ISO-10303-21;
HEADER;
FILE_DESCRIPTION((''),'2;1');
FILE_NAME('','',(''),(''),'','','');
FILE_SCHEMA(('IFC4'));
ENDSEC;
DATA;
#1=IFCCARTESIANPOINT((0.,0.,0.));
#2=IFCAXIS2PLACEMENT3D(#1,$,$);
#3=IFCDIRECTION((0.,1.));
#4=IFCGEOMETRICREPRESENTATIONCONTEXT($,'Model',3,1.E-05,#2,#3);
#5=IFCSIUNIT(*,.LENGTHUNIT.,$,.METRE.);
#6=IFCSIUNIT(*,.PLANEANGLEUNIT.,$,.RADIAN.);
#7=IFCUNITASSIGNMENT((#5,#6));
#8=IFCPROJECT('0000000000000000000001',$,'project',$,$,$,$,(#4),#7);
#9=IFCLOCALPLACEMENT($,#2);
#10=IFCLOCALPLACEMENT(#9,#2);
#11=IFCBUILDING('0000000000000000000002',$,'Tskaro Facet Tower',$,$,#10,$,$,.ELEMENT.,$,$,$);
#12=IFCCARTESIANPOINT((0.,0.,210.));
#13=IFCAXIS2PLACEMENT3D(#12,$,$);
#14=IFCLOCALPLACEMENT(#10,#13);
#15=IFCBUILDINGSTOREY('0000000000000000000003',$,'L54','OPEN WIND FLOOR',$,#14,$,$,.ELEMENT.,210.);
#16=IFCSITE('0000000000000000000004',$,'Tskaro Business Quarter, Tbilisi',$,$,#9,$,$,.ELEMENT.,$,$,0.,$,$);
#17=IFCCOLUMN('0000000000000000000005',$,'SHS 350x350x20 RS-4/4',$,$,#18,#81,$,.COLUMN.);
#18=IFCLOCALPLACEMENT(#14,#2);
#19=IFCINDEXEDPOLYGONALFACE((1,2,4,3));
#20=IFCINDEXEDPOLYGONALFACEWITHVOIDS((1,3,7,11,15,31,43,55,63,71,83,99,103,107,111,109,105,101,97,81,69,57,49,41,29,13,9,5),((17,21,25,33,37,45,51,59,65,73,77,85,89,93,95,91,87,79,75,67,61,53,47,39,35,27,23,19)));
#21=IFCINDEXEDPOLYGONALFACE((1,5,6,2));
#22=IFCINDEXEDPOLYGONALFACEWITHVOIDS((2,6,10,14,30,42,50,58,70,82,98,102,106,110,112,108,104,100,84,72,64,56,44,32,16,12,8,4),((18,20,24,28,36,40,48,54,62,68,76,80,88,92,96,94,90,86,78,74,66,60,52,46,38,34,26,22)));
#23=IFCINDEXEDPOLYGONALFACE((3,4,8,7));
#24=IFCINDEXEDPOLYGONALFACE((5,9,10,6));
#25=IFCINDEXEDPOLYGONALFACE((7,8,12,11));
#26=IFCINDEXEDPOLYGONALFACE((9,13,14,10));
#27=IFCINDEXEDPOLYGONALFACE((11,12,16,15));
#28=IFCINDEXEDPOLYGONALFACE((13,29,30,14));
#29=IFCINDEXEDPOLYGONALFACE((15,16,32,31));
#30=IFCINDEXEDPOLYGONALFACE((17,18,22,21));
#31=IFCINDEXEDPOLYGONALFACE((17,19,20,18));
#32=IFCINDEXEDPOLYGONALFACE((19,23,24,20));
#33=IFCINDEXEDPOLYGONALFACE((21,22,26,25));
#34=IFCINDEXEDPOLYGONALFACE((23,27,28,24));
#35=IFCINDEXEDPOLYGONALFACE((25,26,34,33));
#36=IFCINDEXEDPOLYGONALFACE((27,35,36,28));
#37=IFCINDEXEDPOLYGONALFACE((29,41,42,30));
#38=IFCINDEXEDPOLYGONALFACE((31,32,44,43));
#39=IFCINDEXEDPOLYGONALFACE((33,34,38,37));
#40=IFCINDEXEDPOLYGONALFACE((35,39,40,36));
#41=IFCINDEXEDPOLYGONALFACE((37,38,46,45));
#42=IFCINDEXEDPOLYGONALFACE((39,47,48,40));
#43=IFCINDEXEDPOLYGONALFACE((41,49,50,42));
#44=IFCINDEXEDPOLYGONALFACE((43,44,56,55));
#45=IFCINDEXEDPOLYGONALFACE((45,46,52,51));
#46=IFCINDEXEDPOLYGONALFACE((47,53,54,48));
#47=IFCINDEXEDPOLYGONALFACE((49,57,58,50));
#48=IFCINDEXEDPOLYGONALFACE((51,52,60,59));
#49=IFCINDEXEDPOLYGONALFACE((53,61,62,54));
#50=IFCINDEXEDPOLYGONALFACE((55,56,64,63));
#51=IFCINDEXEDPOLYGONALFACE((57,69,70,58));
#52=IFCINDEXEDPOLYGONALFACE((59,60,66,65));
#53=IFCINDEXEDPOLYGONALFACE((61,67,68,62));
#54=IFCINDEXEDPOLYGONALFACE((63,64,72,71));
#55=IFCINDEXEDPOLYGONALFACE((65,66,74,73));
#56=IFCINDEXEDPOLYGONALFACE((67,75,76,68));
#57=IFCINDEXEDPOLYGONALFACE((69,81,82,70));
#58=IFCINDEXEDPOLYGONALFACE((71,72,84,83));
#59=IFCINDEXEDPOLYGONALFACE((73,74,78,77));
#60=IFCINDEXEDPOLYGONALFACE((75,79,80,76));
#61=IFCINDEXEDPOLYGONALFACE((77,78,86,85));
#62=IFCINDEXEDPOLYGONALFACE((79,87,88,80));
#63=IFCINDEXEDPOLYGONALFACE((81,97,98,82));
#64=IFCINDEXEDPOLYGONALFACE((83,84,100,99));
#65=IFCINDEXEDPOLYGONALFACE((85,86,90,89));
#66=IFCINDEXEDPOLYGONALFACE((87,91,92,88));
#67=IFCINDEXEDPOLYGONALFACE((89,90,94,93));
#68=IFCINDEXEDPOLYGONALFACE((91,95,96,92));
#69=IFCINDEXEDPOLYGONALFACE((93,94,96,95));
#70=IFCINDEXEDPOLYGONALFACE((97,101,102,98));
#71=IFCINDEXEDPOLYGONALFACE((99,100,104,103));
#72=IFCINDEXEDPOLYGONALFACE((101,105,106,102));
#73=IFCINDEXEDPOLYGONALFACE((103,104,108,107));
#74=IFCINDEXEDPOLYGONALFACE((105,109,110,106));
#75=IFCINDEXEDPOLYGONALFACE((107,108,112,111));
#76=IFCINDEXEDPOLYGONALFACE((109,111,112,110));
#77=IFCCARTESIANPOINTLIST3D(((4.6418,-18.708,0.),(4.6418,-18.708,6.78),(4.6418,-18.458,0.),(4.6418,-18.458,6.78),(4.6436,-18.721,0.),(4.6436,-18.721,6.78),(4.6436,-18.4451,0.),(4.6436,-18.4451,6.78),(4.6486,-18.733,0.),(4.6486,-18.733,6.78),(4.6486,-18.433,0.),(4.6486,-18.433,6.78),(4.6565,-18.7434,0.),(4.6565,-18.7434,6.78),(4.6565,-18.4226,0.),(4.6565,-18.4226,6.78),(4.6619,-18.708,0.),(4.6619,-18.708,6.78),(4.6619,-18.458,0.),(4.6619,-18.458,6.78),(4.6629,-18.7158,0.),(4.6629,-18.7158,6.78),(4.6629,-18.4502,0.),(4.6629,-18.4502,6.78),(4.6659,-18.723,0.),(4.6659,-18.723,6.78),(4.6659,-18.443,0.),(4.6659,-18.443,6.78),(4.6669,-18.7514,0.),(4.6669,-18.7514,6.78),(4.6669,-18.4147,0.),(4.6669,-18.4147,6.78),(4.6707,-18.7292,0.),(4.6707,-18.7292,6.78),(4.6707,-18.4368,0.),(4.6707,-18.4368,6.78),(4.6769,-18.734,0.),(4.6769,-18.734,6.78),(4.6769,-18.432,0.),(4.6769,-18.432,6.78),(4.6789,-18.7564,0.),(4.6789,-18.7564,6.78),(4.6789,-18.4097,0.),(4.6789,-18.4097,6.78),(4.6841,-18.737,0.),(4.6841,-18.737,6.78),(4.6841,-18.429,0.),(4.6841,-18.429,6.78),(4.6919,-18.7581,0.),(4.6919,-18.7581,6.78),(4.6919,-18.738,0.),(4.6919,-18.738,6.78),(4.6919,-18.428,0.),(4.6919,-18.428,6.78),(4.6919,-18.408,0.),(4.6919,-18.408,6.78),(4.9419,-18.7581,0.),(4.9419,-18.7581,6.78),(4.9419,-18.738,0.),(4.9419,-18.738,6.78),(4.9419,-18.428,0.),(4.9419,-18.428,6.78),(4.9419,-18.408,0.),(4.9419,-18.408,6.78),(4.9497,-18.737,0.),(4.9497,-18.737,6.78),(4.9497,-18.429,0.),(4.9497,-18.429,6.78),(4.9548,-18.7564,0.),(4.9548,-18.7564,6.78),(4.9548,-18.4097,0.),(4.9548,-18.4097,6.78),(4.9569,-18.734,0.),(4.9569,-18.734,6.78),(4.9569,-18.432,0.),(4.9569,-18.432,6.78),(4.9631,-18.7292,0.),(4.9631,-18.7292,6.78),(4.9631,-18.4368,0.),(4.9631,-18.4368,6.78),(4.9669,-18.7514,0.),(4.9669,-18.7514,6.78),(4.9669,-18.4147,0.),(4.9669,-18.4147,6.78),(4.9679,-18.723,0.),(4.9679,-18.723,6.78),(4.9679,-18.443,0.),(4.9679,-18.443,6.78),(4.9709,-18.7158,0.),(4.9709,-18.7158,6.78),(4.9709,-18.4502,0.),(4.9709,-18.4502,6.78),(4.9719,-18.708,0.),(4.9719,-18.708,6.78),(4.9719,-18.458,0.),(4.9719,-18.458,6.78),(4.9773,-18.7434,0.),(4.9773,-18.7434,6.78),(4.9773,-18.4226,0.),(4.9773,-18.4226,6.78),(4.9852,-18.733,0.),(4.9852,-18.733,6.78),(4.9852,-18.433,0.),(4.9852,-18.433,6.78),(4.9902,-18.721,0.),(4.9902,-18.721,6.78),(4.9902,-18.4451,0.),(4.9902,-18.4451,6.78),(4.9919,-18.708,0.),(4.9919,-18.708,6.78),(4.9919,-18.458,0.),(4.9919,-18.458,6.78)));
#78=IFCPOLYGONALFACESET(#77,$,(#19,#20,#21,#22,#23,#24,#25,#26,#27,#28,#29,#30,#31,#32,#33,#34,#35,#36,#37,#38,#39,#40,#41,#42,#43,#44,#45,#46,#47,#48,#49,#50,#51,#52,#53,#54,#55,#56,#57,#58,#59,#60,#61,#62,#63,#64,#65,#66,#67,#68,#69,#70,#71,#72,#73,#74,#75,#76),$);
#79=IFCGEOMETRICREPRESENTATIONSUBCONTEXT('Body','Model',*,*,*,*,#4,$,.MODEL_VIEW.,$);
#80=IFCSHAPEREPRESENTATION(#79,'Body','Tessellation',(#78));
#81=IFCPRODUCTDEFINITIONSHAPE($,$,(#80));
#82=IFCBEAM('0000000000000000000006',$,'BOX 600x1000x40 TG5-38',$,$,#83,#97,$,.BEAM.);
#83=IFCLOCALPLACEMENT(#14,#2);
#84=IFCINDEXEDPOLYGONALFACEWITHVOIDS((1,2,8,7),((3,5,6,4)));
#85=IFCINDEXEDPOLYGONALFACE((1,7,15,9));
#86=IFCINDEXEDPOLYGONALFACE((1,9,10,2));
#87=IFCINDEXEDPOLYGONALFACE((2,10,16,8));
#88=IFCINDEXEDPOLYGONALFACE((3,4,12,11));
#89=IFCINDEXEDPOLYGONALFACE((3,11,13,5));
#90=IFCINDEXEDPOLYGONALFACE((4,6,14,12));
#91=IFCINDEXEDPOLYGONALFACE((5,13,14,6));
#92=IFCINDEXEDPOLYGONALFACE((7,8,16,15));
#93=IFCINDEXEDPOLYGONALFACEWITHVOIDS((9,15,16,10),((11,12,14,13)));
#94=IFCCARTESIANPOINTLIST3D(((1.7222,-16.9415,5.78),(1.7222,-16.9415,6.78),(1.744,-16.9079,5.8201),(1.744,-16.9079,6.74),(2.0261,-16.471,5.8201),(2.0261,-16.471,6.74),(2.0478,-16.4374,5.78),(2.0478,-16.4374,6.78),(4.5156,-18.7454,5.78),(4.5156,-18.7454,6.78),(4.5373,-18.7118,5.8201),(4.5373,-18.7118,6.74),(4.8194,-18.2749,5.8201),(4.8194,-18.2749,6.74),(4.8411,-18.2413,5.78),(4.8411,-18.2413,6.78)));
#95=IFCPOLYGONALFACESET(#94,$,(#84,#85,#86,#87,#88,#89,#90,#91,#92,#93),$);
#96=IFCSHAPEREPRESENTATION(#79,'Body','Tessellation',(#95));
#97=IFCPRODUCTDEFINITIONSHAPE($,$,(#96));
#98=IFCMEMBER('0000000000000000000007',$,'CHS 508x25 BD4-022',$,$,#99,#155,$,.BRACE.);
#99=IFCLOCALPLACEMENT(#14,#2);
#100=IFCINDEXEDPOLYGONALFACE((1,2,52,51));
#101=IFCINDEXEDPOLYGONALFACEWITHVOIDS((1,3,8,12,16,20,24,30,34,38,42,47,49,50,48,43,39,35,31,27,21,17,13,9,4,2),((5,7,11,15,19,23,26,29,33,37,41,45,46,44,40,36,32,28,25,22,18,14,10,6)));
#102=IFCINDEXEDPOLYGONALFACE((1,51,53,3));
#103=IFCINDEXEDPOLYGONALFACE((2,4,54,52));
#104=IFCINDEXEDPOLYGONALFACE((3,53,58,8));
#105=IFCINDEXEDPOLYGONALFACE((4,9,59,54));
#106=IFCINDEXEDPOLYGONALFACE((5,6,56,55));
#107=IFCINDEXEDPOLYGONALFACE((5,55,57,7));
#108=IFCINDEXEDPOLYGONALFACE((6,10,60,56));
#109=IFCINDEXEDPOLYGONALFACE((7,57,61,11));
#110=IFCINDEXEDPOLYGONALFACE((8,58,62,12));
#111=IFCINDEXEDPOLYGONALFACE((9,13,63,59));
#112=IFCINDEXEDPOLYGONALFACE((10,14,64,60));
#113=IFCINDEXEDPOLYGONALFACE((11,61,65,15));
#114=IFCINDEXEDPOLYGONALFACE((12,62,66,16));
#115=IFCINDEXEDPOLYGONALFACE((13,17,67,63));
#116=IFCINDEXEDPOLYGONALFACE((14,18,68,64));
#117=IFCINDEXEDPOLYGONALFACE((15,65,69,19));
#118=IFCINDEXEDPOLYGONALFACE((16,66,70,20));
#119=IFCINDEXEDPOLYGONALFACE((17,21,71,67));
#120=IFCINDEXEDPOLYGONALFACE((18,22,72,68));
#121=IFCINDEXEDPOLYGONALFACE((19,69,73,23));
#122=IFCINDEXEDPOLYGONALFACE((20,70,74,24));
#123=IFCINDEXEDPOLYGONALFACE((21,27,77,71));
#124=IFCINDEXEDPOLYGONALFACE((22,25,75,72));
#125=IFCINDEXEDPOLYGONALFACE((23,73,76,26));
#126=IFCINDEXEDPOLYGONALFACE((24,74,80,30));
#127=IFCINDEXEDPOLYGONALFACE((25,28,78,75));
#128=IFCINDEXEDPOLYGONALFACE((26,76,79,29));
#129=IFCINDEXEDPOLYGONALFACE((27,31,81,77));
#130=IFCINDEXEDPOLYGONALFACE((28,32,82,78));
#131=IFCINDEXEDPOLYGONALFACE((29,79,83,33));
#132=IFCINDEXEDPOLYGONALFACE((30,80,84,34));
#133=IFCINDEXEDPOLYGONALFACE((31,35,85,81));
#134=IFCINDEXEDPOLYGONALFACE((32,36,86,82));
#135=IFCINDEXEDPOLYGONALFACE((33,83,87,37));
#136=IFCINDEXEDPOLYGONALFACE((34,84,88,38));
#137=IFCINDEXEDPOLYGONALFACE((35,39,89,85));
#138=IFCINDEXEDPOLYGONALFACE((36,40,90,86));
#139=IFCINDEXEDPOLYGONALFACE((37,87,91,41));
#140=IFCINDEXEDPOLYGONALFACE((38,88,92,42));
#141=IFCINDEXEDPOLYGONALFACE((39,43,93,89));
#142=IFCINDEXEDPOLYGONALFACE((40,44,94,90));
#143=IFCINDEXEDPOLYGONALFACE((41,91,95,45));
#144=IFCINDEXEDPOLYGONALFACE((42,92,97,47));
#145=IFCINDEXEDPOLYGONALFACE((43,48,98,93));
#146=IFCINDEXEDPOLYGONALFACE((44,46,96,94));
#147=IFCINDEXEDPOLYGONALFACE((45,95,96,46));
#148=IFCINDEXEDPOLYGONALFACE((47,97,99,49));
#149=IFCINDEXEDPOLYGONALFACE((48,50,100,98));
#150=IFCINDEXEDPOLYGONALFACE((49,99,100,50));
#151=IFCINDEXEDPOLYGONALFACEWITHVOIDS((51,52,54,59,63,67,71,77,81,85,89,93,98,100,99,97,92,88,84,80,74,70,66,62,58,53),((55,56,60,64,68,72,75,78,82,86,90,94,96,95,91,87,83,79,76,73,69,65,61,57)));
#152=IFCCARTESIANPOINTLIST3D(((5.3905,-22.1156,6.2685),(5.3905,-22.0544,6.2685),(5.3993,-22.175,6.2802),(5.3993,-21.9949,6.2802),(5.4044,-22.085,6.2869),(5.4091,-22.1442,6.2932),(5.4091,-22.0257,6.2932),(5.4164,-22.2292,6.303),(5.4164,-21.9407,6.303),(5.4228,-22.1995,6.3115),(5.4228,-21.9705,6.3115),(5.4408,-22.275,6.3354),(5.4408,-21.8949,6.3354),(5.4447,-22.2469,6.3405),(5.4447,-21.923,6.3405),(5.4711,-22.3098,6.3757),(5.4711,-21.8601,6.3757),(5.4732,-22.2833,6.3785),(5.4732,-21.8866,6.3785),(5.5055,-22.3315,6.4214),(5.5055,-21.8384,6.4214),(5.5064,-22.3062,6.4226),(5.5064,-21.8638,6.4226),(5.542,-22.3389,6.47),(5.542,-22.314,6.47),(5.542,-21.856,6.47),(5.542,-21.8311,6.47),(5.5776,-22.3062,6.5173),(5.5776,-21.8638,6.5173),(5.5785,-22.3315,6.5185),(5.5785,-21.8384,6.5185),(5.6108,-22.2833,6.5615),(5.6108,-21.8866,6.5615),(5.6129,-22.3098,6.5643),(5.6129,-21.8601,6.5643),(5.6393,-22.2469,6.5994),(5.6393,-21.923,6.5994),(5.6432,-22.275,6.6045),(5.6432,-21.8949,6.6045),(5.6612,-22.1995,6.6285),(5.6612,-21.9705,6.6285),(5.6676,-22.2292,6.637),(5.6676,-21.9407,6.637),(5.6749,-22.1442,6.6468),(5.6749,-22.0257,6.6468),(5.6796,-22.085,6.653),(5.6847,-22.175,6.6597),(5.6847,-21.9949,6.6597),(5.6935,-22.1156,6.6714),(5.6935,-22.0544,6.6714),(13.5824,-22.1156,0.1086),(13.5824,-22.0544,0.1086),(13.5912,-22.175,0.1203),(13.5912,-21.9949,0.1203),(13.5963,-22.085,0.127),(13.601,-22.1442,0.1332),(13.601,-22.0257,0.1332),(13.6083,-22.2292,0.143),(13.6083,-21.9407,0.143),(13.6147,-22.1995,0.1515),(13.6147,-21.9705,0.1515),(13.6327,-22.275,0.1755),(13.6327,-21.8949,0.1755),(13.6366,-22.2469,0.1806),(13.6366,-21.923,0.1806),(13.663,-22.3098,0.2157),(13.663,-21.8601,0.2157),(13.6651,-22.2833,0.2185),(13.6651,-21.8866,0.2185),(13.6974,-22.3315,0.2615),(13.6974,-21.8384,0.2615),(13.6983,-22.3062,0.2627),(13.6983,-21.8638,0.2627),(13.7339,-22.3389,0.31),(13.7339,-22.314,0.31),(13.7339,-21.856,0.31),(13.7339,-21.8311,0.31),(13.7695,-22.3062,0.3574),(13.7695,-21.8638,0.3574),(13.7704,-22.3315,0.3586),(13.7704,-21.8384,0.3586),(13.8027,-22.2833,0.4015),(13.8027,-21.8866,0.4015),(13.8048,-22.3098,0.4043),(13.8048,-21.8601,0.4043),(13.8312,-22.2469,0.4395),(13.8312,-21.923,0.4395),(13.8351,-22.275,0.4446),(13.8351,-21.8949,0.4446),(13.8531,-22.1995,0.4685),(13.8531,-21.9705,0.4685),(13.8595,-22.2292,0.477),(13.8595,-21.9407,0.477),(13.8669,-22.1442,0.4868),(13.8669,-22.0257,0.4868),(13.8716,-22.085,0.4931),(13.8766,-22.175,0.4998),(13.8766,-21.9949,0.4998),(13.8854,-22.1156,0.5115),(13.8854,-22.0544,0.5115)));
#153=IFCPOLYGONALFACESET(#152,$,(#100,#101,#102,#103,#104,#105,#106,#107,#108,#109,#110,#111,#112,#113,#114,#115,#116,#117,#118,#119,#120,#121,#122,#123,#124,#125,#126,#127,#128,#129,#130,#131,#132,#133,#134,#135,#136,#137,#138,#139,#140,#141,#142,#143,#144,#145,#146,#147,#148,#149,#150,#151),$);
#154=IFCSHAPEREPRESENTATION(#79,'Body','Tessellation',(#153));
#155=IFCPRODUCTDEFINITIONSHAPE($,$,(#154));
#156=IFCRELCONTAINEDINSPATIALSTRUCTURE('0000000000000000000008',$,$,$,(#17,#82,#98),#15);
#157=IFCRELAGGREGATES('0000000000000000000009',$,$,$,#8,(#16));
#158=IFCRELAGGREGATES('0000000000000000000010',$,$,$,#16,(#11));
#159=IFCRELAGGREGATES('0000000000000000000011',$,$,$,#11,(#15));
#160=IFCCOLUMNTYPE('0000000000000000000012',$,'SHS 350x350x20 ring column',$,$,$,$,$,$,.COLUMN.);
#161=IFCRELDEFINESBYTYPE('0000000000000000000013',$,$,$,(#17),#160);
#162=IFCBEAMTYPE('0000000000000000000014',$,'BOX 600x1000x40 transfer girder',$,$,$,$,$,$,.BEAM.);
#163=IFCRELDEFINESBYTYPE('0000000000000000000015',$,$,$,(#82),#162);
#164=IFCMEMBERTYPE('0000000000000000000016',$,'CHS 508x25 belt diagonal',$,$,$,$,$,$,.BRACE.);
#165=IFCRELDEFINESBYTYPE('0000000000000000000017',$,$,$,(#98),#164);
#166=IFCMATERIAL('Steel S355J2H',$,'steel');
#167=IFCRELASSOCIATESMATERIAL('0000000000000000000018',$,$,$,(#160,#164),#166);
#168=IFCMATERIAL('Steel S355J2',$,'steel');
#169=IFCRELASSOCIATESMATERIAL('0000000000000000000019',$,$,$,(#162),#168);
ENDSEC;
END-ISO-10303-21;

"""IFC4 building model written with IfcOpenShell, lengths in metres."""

from ifc_helpers import new_model, si_unit, direction, frame, origin, origin_2d, place, context, subcontext, project, spatial, hollow_rectangle, hollow_circle, extrude, material, material_profile, profile_set, type_object, element, save


model = new_model("IFC4")

# Units and contexts
model_context = context("Model", 3, precision=1e-05, world=origin(), true_north=direction((0.0, 1.0)))
body_context = subcontext(model_context, "Body", "Model", "MODEL_VIEW")
ifc_project = project(units=[si_unit("LENGTHUNIT", "METRE"), si_unit("PLANEANGLEUNIT", "RADIAN")], contexts=[model_context])

# Site, building, storey
site_placement = place(None, origin())
site = spatial("IfcSite", under=ifc_project, at=site_placement, Name="Tskaro Business Quarter, Tbilisi", CompositionType="ELEMENT", RefElevation=0.0)
building_placement = place(site_placement, origin())
building = spatial("IfcBuilding", under=site, at=building_placement, Name="Tskaro Facet Tower", CompositionType="ELEMENT")
storey_placement = place(building_placement, frame((0.0, 0.0, 210.0)))
storey = spatial("IfcBuildingStorey", under=building, at=storey_placement, Name="L54", Description="OPEN WIND FLOOR", CompositionType="ELEMENT", Elevation=210.0)

# Column
ifc_material_1 = material(Name="Steel S355J2H", Category="steel")
ifc_material_profile_1 = material_profile(ifc_material_1, hollow_rectangle(XDim=0.3501, YDim=0.3501, WallThickness=0.02, InnerFilletRadius=0.03, OuterFilletRadius=0.05, at=origin_2d()), Name="SHS 350x350x20")
ifc_profile_set_1 = profile_set([ifc_material_profile_1], Name="Steel S355J2H")
column_type = type_object("IfcColumnType", Name="SHS 350x350x20 ring column", PredefinedType="COLUMN", material=ifc_profile_set_1)
column_placement = place(storey_placement, frame((4.8169, -18.583, 0.0), z_axis=(0.0, 0.0, 1.0), x_axis=(1.0, 0.0, 0.0)))
element("IfcColumn", 1, at=column_placement, inside=storey, type_object=column_type, Name="SHS 350x350x20 RS-4/4", PredefinedType="COLUMN", context=body_context, shape_type="SweptSolid", body=[
    extrude(hollow_rectangle(XDim=0.3501, YDim=0.3501, WallThickness=0.02, InnerFilletRadius=0.03, OuterFilletRadius=0.05, at=origin_2d()), origin(), (0.0, 0.0, 1.0), 6.78),
])

# Beam
ifc_material_2 = material(Name="Steel S355J2", Category="steel")
ifc_material_profile_2 = material_profile(ifc_material_2, hollow_rectangle(XDim=0.6001, YDim=1.0, WallThickness=0.04, at=origin_2d()), Name="BOX 600x1000x40")
ifc_profile_set_2 = profile_set([ifc_material_profile_2], Name="Steel S355J2")
beam_type_1 = type_object("IfcBeamType", Name="BOX 600x1000x40 transfer girder", PredefinedType="BEAM", material=ifc_profile_set_2)
beam_1_placement = place(storey_placement, frame((1.885, -16.6895, 6.28), z_axis=(0.84006, -0.542493, 0.0), x_axis=(0.542493, 0.84006, 0.0)))
element("IfcBeam", 2, at=beam_1_placement, inside=storey, type_object=beam_type_1, Name="BOX 600x1000x40 TG5-38", PredefinedType="BEAM", context=body_context, shape_type="SweptSolid", body=[
    extrude(hollow_rectangle(XDim=0.6001, YDim=1.0, WallThickness=0.04, at=origin_2d()), origin(), (0.0, 0.0, 1.0), 3.3252),
])

# Member
ifc_material_profile_3 = material_profile(ifc_material_1, hollow_circle(Radius=0.2539, WallThickness=0.0249, at=origin_2d()), Name="CHS 508x25")
ifc_profile_set_3 = profile_set([ifc_material_profile_3], Name="Steel S355J2H")
member_type_1 = type_object("IfcMemberType", Name="CHS 508x25 belt diagonal", PredefinedType="BRACE", material=ifc_profile_set_3)
member_1_placement = place(storey_placement, frame((5.542, -22.085, 6.47), z_axis=(0.79925, 0.0, -0.600998), x_axis=(0.0, 1.0, 0.0)))
element("IfcMember", 3, at=member_1_placement, inside=storey, type_object=member_type_1, Name="CHS 508x25 BD4-022", PredefinedType="BRACE", context=body_context, shape_type="SweptSolid", body=[
    extrude(hollow_circle(Radius=0.2539, WallThickness=0.0249, at=origin_2d()), origin(), (0.0, 0.0, 1.0), 10.2495),
])

save(model, "model.ifc")
